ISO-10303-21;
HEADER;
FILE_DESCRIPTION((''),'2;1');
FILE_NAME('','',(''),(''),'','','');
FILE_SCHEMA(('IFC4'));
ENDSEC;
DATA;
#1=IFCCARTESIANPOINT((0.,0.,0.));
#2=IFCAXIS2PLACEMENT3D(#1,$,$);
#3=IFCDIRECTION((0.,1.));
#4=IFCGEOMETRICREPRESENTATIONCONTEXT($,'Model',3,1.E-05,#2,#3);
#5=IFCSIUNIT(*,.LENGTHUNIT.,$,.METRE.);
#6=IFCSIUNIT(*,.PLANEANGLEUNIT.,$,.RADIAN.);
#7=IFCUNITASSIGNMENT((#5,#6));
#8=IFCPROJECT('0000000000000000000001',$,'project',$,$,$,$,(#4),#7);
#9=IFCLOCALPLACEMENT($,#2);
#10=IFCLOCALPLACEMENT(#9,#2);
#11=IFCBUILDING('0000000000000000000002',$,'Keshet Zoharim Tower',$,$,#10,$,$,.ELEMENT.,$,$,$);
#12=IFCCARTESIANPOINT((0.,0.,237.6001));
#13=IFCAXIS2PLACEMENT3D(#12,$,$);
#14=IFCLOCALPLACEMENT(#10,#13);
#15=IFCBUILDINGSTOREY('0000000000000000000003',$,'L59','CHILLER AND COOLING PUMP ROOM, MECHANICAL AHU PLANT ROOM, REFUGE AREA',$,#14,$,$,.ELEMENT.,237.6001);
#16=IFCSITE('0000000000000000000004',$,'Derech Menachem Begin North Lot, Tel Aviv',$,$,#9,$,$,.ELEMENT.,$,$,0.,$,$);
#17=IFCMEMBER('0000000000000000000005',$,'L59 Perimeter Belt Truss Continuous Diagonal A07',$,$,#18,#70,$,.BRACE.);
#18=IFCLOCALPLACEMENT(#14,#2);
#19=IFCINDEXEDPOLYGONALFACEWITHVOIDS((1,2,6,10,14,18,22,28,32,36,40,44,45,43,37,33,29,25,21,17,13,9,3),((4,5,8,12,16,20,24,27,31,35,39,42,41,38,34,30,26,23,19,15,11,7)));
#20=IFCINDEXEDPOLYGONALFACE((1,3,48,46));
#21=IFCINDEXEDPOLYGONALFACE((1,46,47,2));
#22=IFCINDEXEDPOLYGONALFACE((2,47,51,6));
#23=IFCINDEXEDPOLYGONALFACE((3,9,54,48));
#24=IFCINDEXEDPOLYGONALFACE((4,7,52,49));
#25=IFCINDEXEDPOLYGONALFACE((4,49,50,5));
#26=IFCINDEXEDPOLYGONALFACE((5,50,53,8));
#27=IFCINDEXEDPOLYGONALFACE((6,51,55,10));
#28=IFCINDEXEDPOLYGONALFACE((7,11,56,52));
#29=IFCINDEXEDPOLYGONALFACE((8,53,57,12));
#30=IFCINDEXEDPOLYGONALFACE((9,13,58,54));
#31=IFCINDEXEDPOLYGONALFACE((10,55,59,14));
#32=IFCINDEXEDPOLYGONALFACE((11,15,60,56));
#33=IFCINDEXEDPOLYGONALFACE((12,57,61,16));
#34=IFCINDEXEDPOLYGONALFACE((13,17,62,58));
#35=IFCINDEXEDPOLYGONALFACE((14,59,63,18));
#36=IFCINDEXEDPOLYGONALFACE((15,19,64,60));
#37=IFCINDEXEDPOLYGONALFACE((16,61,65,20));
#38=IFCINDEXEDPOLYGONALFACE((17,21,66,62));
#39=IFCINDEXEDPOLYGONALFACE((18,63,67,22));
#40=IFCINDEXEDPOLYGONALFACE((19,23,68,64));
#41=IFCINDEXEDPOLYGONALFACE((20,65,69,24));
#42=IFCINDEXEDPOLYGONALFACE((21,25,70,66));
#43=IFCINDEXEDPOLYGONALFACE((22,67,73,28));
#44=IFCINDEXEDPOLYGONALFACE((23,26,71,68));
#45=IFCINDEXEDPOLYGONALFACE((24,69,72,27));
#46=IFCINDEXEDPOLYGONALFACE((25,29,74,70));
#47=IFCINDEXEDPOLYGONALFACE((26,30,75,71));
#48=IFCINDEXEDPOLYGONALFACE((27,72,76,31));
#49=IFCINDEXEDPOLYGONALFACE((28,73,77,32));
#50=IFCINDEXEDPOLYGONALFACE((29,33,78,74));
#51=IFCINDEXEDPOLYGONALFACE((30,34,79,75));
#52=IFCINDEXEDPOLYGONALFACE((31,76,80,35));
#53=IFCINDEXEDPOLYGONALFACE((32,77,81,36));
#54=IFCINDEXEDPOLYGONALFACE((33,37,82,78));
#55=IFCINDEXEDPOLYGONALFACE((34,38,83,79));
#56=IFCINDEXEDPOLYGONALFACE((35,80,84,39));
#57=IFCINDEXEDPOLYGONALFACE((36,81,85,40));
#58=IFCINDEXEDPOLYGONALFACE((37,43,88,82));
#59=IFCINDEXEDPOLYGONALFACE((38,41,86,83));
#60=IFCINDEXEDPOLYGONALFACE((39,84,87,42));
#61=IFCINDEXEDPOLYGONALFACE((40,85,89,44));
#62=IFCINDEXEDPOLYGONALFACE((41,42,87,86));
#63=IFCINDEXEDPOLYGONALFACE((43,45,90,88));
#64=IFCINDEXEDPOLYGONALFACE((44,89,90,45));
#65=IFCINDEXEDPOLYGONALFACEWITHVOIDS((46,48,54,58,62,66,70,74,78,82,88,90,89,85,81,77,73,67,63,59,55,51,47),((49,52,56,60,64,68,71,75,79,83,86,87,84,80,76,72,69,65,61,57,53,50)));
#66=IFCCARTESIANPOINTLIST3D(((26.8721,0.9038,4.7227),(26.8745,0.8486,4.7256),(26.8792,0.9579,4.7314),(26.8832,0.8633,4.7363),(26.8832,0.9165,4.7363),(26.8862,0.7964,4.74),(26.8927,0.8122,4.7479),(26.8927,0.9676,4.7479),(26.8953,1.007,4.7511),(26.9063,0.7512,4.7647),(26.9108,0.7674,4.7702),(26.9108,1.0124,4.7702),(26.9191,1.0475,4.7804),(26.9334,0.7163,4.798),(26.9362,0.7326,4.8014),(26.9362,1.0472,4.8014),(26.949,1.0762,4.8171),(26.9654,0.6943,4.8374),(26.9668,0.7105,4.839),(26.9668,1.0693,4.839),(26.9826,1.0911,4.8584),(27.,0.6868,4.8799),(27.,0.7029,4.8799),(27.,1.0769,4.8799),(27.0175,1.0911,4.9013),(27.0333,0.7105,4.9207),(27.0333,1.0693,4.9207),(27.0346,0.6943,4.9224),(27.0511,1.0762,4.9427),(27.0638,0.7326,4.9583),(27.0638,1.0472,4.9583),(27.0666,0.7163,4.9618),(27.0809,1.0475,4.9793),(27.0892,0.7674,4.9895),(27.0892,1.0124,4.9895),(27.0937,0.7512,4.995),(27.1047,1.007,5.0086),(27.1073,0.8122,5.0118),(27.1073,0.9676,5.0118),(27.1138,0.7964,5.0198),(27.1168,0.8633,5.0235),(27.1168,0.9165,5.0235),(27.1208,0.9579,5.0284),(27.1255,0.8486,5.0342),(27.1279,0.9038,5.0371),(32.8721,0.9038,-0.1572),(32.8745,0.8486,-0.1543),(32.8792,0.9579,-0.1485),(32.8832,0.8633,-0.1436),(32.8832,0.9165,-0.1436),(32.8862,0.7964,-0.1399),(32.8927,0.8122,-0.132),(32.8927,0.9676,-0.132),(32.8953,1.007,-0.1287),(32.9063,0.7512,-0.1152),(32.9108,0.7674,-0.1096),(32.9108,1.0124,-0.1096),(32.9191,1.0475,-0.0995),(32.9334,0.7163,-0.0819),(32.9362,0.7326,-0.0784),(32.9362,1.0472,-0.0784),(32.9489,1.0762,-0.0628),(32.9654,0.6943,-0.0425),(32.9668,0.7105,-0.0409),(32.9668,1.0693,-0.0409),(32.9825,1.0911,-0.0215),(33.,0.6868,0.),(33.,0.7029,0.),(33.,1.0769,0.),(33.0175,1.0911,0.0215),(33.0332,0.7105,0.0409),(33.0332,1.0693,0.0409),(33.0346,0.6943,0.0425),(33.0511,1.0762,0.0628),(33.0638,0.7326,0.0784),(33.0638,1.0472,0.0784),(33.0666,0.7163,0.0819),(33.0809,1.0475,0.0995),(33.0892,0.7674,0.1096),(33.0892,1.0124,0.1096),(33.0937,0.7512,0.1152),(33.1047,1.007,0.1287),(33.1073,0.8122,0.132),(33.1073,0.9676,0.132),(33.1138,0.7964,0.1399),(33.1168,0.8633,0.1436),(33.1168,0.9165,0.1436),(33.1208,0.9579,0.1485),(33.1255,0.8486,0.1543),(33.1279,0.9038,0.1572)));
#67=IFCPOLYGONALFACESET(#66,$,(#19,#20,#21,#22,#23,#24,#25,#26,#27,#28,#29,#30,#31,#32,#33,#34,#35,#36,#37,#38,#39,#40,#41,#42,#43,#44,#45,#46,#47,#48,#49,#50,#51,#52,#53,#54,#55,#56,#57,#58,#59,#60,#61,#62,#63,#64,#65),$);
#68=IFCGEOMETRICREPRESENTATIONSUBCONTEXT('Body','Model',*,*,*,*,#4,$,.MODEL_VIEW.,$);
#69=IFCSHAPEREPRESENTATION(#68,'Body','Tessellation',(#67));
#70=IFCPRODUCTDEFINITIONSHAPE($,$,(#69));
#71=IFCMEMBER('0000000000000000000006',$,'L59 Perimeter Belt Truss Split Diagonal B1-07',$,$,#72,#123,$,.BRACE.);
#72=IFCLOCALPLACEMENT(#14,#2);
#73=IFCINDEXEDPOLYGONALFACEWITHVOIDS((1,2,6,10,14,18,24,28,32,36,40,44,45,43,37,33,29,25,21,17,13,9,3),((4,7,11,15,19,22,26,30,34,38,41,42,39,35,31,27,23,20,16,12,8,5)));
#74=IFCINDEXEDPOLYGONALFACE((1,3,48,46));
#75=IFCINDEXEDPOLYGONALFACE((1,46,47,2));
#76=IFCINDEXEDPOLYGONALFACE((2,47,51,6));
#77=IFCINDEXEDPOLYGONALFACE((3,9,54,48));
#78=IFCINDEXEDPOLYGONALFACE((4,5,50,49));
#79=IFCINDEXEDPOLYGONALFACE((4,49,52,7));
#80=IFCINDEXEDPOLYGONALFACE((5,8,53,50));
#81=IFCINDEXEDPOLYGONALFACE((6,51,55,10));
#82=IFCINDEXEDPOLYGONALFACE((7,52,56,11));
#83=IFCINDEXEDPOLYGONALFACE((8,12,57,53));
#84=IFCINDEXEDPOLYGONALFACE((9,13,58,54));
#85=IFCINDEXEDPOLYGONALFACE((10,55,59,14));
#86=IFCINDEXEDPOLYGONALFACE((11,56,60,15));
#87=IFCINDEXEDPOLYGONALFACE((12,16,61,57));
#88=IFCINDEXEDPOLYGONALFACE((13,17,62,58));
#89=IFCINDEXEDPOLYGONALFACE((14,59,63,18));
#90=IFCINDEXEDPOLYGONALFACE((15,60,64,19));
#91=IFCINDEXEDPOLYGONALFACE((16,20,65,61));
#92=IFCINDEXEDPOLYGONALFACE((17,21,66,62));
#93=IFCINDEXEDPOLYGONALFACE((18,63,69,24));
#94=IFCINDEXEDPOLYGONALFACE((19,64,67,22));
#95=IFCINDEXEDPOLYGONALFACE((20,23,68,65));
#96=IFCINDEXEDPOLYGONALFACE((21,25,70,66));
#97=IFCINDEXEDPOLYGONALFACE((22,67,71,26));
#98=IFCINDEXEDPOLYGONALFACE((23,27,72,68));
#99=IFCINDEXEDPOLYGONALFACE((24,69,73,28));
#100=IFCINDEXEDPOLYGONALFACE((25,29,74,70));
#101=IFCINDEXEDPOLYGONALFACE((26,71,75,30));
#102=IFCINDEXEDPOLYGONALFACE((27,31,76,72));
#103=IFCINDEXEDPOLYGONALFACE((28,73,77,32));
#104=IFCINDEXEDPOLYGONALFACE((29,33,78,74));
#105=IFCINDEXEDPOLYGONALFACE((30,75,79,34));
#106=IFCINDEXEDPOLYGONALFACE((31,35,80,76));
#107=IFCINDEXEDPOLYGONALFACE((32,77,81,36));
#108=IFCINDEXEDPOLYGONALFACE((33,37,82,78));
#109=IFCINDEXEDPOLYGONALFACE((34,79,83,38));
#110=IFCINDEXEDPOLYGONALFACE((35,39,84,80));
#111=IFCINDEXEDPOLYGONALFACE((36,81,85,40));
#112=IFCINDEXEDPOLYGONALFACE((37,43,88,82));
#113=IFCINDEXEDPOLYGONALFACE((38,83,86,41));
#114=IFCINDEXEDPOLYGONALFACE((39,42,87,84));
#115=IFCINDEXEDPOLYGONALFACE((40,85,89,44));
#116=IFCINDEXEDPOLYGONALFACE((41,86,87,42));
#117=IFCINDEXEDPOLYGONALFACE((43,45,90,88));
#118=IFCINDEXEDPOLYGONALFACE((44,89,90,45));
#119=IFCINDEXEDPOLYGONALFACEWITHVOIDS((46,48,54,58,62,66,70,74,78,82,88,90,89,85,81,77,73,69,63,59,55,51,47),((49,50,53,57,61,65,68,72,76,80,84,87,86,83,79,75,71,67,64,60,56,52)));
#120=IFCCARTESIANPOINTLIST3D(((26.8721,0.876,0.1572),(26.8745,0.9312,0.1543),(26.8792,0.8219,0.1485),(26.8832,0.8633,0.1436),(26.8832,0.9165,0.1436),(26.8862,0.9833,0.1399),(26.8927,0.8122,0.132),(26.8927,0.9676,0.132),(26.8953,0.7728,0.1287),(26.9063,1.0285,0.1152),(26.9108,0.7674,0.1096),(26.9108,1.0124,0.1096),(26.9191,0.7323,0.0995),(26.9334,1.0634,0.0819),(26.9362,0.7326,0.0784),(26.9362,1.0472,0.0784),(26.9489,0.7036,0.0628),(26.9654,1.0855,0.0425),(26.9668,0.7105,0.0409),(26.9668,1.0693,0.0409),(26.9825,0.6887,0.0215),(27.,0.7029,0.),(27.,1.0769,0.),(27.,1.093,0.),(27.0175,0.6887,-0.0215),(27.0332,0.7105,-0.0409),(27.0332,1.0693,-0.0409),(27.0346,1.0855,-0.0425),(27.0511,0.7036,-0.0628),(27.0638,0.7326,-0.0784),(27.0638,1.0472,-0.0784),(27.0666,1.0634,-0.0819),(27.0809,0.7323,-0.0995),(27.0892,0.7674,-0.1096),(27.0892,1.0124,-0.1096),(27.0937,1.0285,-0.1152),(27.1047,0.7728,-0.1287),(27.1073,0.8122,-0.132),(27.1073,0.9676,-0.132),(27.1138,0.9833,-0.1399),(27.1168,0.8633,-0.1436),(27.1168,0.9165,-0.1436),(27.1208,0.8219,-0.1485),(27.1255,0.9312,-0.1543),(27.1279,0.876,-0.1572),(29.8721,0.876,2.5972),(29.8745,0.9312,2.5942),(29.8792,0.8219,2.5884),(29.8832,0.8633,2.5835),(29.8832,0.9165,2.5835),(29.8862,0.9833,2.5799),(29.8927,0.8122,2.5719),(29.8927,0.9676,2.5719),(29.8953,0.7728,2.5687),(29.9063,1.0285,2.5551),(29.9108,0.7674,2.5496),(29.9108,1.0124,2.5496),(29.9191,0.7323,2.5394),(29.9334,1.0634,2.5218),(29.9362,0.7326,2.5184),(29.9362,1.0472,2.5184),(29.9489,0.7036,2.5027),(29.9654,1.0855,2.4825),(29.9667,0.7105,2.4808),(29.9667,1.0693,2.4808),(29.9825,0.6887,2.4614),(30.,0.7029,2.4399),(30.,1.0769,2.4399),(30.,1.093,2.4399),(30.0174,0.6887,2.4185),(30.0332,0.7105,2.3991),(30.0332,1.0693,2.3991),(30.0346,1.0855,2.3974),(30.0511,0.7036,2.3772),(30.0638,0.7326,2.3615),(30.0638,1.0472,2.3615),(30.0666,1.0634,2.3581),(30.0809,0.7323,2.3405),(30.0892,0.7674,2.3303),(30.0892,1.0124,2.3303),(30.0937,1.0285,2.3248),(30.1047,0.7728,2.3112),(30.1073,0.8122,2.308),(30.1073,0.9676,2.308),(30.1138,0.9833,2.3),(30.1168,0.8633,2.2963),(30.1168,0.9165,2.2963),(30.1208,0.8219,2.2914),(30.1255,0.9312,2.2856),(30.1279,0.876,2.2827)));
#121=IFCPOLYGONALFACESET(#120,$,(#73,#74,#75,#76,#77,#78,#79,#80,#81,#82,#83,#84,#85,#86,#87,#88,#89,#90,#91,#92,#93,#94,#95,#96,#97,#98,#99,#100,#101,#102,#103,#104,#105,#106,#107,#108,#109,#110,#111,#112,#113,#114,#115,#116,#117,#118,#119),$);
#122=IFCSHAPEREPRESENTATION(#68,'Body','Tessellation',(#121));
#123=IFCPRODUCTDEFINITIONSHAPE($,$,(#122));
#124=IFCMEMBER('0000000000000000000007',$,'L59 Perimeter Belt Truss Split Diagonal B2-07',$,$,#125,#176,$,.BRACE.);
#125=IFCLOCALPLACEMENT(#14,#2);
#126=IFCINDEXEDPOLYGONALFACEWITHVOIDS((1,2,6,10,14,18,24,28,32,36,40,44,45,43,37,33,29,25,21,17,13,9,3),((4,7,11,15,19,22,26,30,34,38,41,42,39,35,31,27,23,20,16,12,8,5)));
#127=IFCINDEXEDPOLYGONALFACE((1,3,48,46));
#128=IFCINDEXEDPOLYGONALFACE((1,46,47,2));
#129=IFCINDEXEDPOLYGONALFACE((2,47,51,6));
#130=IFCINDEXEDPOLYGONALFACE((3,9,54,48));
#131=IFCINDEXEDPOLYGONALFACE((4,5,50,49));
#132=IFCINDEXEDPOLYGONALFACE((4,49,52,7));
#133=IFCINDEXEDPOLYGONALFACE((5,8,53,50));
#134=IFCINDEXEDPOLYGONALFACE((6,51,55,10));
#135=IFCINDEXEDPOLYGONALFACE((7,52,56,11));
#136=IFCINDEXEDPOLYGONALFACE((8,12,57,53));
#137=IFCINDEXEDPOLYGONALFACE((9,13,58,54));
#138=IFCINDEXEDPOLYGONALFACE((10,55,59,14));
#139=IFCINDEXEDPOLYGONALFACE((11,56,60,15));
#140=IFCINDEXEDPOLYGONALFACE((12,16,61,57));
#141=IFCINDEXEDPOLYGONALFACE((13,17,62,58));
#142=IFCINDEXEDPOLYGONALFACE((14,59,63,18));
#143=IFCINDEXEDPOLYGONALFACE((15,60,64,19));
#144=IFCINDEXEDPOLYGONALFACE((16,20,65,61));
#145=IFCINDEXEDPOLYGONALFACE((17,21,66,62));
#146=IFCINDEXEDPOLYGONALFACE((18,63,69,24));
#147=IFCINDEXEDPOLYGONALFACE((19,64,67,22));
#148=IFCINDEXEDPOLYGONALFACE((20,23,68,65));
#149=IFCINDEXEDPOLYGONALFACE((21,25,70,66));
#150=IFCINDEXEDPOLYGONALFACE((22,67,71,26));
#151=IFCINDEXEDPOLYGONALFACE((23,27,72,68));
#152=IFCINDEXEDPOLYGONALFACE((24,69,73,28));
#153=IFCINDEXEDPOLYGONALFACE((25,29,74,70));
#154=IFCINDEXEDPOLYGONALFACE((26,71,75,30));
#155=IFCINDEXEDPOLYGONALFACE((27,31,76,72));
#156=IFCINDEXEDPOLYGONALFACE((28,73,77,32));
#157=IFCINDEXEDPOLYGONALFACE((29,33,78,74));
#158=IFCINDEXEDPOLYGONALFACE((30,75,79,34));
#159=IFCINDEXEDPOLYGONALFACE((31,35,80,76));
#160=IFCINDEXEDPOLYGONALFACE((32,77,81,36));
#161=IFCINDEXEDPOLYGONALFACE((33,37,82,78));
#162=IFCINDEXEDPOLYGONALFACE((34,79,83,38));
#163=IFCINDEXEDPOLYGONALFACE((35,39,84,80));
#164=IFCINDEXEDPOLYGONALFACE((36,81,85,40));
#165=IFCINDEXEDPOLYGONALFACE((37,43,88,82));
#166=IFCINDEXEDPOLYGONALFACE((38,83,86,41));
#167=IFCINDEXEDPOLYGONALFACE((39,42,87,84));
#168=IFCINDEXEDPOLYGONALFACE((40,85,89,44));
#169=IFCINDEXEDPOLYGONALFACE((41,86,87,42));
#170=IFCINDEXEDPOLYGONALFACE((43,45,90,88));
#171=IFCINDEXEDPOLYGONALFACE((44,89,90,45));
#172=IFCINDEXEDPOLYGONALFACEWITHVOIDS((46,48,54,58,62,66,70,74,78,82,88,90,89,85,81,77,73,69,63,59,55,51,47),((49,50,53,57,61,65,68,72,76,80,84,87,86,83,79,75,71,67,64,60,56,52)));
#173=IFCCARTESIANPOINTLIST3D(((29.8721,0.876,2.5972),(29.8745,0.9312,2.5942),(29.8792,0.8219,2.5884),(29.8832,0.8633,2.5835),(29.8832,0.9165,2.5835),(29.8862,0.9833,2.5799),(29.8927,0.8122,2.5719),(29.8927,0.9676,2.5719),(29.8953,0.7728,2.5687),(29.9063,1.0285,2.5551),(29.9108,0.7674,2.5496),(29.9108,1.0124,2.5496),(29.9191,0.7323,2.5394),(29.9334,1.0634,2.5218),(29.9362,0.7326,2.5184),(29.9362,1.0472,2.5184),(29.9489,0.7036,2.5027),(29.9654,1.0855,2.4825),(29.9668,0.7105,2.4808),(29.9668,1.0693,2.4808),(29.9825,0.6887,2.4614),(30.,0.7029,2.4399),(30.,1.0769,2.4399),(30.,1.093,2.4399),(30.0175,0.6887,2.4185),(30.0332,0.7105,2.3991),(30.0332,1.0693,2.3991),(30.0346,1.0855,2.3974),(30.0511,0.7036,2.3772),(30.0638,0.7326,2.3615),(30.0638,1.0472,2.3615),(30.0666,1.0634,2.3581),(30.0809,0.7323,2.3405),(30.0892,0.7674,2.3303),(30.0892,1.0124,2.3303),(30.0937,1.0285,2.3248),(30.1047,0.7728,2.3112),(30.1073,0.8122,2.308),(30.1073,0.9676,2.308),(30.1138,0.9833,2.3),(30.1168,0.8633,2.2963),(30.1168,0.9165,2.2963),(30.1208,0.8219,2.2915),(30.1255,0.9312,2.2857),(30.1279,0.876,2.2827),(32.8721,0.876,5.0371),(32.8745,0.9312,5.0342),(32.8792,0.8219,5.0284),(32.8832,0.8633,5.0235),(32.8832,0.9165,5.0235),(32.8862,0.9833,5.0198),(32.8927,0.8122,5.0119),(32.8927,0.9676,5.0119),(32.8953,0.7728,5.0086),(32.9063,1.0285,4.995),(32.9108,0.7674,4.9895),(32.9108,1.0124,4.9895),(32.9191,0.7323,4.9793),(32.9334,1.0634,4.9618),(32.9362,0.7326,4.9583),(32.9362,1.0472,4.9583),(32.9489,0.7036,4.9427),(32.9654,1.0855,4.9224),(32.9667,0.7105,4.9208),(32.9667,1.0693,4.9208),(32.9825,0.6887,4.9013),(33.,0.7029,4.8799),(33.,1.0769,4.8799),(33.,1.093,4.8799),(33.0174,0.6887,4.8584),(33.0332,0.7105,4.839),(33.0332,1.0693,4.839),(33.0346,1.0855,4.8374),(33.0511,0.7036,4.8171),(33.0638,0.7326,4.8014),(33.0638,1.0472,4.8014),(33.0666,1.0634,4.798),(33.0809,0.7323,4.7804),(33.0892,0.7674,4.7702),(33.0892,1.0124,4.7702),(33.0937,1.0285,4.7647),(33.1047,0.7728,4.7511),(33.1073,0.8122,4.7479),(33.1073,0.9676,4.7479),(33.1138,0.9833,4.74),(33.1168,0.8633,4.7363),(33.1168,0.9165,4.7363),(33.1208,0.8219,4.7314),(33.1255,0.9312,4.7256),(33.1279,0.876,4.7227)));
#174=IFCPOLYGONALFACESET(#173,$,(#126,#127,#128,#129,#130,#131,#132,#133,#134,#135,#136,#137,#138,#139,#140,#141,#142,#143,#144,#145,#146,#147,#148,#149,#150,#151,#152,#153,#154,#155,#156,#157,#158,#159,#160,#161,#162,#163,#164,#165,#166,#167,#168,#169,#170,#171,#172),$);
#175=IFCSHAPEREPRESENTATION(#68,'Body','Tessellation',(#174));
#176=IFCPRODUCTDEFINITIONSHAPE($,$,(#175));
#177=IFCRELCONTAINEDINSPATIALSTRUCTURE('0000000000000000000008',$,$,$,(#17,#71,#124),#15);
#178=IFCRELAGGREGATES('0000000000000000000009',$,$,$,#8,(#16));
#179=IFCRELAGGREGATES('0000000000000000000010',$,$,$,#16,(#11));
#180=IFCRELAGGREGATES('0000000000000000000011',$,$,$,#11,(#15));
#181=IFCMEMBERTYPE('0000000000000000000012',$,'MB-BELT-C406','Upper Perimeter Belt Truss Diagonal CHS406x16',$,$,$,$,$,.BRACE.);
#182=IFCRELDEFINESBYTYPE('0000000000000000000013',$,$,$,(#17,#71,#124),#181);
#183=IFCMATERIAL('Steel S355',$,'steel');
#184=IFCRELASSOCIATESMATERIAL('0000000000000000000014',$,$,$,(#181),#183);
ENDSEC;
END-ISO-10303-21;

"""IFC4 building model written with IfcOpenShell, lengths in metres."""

from ifc_helpers import new_model, si_unit, direction, frame, origin, origin_2d, place, context, subcontext, project, spatial, hollow_circle, extrude, material, material_profile, profile_set, type_object, element, save


model = new_model("IFC4")

# Units and contexts
model_context = context("Model", 3, precision=1e-05, world=origin(), true_north=direction((0.0, 1.0)))
body_context = subcontext(model_context, "Body", "Model", "MODEL_VIEW")
ifc_project = project(units=[si_unit("LENGTHUNIT", "METRE"), si_unit("PLANEANGLEUNIT", "RADIAN")], contexts=[model_context])

# Site, building, storey
site_placement = place(None, origin())
site = spatial("IfcSite", under=ifc_project, at=site_placement, Name="Derech Menachem Begin North Lot, Tel Aviv", CompositionType="ELEMENT", RefElevation=0.0)
building_placement = place(site_placement, origin())
building = spatial("IfcBuilding", under=site, at=building_placement, Name="Keshet Zoharim Tower", CompositionType="ELEMENT")
storey_placement = place(building_placement, frame((0.0, 0.0, 237.6001)))
storey = spatial("IfcBuildingStorey", under=building, at=storey_placement, Name="L59", Description="CHILLER AND COOLING PUMP ROOM, MECHANICAL AHU PLANT ROOM, REFUGE AREA", CompositionType="ELEMENT", Elevation=237.6001)

# Shared definitions
ifc_material_1 = material(Name="Steel S355", Category="steel")

# Members
ifc_material_profile_1 = material_profile(ifc_material_1, hollow_circle(Radius=0.2031, WallThickness=0.0161, at=origin_2d()), Name="CHS406x16")
ifc_profile_set_1 = profile_set([ifc_material_profile_1], Name="Steel S355")
member_type_1 = type_object("IfcMemberType", Name="MB-BELT-C406", Description="Upper Perimeter Belt Truss Diagonal CHS406x16", PredefinedType="BRACE", material=ifc_profile_set_1)
member_1_placement = place(storey_placement, frame((33.0, 0.8899, 0.0), z_axis=(-0.775805, 0.0, 0.630973), x_axis=(0.0, -1.0, 0.0)))
element("IfcMember", 1, at=member_1_placement, inside=storey, type_object=member_type_1, Name="L59 Perimeter Belt Truss Continuous Diagonal A07", PredefinedType="BRACE", context=body_context, shape_type="SweptSolid", body=[
    extrude(hollow_circle(Radius=0.2031, WallThickness=0.0161, at=origin_2d()), origin(), (0.0, 0.0, 1.0), 7.7339),
])
for number, where, z_axis, x_axis, name in (
    (2, (27.0, 0.8899, 0.0), (0.775805, 0.0, 0.630973), (0.0, 1.0, 0.0), "L59 Perimeter Belt Truss Split Diagonal B1-07"),
    (3, (30.0, 0.8899, 2.4399), (0.775805, 0.0, 0.630973), (0.0, 1.0, 0.0), "L59 Perimeter Belt Truss Split Diagonal B2-07"),
):
    element("IfcMember", number, at=place(storey_placement, frame(where, z_axis=z_axis, x_axis=x_axis)), inside=storey, type_object=member_type_1, Name=name, PredefinedType="BRACE", context=body_context, shape_type="SweptSolid", body=[
        extrude(hollow_circle(Radius=0.2031, WallThickness=0.0161, at=origin_2d()), origin(), (0.0, 0.0, 1.0), 3.8669),
    ])

save(model, "model.ifc")
